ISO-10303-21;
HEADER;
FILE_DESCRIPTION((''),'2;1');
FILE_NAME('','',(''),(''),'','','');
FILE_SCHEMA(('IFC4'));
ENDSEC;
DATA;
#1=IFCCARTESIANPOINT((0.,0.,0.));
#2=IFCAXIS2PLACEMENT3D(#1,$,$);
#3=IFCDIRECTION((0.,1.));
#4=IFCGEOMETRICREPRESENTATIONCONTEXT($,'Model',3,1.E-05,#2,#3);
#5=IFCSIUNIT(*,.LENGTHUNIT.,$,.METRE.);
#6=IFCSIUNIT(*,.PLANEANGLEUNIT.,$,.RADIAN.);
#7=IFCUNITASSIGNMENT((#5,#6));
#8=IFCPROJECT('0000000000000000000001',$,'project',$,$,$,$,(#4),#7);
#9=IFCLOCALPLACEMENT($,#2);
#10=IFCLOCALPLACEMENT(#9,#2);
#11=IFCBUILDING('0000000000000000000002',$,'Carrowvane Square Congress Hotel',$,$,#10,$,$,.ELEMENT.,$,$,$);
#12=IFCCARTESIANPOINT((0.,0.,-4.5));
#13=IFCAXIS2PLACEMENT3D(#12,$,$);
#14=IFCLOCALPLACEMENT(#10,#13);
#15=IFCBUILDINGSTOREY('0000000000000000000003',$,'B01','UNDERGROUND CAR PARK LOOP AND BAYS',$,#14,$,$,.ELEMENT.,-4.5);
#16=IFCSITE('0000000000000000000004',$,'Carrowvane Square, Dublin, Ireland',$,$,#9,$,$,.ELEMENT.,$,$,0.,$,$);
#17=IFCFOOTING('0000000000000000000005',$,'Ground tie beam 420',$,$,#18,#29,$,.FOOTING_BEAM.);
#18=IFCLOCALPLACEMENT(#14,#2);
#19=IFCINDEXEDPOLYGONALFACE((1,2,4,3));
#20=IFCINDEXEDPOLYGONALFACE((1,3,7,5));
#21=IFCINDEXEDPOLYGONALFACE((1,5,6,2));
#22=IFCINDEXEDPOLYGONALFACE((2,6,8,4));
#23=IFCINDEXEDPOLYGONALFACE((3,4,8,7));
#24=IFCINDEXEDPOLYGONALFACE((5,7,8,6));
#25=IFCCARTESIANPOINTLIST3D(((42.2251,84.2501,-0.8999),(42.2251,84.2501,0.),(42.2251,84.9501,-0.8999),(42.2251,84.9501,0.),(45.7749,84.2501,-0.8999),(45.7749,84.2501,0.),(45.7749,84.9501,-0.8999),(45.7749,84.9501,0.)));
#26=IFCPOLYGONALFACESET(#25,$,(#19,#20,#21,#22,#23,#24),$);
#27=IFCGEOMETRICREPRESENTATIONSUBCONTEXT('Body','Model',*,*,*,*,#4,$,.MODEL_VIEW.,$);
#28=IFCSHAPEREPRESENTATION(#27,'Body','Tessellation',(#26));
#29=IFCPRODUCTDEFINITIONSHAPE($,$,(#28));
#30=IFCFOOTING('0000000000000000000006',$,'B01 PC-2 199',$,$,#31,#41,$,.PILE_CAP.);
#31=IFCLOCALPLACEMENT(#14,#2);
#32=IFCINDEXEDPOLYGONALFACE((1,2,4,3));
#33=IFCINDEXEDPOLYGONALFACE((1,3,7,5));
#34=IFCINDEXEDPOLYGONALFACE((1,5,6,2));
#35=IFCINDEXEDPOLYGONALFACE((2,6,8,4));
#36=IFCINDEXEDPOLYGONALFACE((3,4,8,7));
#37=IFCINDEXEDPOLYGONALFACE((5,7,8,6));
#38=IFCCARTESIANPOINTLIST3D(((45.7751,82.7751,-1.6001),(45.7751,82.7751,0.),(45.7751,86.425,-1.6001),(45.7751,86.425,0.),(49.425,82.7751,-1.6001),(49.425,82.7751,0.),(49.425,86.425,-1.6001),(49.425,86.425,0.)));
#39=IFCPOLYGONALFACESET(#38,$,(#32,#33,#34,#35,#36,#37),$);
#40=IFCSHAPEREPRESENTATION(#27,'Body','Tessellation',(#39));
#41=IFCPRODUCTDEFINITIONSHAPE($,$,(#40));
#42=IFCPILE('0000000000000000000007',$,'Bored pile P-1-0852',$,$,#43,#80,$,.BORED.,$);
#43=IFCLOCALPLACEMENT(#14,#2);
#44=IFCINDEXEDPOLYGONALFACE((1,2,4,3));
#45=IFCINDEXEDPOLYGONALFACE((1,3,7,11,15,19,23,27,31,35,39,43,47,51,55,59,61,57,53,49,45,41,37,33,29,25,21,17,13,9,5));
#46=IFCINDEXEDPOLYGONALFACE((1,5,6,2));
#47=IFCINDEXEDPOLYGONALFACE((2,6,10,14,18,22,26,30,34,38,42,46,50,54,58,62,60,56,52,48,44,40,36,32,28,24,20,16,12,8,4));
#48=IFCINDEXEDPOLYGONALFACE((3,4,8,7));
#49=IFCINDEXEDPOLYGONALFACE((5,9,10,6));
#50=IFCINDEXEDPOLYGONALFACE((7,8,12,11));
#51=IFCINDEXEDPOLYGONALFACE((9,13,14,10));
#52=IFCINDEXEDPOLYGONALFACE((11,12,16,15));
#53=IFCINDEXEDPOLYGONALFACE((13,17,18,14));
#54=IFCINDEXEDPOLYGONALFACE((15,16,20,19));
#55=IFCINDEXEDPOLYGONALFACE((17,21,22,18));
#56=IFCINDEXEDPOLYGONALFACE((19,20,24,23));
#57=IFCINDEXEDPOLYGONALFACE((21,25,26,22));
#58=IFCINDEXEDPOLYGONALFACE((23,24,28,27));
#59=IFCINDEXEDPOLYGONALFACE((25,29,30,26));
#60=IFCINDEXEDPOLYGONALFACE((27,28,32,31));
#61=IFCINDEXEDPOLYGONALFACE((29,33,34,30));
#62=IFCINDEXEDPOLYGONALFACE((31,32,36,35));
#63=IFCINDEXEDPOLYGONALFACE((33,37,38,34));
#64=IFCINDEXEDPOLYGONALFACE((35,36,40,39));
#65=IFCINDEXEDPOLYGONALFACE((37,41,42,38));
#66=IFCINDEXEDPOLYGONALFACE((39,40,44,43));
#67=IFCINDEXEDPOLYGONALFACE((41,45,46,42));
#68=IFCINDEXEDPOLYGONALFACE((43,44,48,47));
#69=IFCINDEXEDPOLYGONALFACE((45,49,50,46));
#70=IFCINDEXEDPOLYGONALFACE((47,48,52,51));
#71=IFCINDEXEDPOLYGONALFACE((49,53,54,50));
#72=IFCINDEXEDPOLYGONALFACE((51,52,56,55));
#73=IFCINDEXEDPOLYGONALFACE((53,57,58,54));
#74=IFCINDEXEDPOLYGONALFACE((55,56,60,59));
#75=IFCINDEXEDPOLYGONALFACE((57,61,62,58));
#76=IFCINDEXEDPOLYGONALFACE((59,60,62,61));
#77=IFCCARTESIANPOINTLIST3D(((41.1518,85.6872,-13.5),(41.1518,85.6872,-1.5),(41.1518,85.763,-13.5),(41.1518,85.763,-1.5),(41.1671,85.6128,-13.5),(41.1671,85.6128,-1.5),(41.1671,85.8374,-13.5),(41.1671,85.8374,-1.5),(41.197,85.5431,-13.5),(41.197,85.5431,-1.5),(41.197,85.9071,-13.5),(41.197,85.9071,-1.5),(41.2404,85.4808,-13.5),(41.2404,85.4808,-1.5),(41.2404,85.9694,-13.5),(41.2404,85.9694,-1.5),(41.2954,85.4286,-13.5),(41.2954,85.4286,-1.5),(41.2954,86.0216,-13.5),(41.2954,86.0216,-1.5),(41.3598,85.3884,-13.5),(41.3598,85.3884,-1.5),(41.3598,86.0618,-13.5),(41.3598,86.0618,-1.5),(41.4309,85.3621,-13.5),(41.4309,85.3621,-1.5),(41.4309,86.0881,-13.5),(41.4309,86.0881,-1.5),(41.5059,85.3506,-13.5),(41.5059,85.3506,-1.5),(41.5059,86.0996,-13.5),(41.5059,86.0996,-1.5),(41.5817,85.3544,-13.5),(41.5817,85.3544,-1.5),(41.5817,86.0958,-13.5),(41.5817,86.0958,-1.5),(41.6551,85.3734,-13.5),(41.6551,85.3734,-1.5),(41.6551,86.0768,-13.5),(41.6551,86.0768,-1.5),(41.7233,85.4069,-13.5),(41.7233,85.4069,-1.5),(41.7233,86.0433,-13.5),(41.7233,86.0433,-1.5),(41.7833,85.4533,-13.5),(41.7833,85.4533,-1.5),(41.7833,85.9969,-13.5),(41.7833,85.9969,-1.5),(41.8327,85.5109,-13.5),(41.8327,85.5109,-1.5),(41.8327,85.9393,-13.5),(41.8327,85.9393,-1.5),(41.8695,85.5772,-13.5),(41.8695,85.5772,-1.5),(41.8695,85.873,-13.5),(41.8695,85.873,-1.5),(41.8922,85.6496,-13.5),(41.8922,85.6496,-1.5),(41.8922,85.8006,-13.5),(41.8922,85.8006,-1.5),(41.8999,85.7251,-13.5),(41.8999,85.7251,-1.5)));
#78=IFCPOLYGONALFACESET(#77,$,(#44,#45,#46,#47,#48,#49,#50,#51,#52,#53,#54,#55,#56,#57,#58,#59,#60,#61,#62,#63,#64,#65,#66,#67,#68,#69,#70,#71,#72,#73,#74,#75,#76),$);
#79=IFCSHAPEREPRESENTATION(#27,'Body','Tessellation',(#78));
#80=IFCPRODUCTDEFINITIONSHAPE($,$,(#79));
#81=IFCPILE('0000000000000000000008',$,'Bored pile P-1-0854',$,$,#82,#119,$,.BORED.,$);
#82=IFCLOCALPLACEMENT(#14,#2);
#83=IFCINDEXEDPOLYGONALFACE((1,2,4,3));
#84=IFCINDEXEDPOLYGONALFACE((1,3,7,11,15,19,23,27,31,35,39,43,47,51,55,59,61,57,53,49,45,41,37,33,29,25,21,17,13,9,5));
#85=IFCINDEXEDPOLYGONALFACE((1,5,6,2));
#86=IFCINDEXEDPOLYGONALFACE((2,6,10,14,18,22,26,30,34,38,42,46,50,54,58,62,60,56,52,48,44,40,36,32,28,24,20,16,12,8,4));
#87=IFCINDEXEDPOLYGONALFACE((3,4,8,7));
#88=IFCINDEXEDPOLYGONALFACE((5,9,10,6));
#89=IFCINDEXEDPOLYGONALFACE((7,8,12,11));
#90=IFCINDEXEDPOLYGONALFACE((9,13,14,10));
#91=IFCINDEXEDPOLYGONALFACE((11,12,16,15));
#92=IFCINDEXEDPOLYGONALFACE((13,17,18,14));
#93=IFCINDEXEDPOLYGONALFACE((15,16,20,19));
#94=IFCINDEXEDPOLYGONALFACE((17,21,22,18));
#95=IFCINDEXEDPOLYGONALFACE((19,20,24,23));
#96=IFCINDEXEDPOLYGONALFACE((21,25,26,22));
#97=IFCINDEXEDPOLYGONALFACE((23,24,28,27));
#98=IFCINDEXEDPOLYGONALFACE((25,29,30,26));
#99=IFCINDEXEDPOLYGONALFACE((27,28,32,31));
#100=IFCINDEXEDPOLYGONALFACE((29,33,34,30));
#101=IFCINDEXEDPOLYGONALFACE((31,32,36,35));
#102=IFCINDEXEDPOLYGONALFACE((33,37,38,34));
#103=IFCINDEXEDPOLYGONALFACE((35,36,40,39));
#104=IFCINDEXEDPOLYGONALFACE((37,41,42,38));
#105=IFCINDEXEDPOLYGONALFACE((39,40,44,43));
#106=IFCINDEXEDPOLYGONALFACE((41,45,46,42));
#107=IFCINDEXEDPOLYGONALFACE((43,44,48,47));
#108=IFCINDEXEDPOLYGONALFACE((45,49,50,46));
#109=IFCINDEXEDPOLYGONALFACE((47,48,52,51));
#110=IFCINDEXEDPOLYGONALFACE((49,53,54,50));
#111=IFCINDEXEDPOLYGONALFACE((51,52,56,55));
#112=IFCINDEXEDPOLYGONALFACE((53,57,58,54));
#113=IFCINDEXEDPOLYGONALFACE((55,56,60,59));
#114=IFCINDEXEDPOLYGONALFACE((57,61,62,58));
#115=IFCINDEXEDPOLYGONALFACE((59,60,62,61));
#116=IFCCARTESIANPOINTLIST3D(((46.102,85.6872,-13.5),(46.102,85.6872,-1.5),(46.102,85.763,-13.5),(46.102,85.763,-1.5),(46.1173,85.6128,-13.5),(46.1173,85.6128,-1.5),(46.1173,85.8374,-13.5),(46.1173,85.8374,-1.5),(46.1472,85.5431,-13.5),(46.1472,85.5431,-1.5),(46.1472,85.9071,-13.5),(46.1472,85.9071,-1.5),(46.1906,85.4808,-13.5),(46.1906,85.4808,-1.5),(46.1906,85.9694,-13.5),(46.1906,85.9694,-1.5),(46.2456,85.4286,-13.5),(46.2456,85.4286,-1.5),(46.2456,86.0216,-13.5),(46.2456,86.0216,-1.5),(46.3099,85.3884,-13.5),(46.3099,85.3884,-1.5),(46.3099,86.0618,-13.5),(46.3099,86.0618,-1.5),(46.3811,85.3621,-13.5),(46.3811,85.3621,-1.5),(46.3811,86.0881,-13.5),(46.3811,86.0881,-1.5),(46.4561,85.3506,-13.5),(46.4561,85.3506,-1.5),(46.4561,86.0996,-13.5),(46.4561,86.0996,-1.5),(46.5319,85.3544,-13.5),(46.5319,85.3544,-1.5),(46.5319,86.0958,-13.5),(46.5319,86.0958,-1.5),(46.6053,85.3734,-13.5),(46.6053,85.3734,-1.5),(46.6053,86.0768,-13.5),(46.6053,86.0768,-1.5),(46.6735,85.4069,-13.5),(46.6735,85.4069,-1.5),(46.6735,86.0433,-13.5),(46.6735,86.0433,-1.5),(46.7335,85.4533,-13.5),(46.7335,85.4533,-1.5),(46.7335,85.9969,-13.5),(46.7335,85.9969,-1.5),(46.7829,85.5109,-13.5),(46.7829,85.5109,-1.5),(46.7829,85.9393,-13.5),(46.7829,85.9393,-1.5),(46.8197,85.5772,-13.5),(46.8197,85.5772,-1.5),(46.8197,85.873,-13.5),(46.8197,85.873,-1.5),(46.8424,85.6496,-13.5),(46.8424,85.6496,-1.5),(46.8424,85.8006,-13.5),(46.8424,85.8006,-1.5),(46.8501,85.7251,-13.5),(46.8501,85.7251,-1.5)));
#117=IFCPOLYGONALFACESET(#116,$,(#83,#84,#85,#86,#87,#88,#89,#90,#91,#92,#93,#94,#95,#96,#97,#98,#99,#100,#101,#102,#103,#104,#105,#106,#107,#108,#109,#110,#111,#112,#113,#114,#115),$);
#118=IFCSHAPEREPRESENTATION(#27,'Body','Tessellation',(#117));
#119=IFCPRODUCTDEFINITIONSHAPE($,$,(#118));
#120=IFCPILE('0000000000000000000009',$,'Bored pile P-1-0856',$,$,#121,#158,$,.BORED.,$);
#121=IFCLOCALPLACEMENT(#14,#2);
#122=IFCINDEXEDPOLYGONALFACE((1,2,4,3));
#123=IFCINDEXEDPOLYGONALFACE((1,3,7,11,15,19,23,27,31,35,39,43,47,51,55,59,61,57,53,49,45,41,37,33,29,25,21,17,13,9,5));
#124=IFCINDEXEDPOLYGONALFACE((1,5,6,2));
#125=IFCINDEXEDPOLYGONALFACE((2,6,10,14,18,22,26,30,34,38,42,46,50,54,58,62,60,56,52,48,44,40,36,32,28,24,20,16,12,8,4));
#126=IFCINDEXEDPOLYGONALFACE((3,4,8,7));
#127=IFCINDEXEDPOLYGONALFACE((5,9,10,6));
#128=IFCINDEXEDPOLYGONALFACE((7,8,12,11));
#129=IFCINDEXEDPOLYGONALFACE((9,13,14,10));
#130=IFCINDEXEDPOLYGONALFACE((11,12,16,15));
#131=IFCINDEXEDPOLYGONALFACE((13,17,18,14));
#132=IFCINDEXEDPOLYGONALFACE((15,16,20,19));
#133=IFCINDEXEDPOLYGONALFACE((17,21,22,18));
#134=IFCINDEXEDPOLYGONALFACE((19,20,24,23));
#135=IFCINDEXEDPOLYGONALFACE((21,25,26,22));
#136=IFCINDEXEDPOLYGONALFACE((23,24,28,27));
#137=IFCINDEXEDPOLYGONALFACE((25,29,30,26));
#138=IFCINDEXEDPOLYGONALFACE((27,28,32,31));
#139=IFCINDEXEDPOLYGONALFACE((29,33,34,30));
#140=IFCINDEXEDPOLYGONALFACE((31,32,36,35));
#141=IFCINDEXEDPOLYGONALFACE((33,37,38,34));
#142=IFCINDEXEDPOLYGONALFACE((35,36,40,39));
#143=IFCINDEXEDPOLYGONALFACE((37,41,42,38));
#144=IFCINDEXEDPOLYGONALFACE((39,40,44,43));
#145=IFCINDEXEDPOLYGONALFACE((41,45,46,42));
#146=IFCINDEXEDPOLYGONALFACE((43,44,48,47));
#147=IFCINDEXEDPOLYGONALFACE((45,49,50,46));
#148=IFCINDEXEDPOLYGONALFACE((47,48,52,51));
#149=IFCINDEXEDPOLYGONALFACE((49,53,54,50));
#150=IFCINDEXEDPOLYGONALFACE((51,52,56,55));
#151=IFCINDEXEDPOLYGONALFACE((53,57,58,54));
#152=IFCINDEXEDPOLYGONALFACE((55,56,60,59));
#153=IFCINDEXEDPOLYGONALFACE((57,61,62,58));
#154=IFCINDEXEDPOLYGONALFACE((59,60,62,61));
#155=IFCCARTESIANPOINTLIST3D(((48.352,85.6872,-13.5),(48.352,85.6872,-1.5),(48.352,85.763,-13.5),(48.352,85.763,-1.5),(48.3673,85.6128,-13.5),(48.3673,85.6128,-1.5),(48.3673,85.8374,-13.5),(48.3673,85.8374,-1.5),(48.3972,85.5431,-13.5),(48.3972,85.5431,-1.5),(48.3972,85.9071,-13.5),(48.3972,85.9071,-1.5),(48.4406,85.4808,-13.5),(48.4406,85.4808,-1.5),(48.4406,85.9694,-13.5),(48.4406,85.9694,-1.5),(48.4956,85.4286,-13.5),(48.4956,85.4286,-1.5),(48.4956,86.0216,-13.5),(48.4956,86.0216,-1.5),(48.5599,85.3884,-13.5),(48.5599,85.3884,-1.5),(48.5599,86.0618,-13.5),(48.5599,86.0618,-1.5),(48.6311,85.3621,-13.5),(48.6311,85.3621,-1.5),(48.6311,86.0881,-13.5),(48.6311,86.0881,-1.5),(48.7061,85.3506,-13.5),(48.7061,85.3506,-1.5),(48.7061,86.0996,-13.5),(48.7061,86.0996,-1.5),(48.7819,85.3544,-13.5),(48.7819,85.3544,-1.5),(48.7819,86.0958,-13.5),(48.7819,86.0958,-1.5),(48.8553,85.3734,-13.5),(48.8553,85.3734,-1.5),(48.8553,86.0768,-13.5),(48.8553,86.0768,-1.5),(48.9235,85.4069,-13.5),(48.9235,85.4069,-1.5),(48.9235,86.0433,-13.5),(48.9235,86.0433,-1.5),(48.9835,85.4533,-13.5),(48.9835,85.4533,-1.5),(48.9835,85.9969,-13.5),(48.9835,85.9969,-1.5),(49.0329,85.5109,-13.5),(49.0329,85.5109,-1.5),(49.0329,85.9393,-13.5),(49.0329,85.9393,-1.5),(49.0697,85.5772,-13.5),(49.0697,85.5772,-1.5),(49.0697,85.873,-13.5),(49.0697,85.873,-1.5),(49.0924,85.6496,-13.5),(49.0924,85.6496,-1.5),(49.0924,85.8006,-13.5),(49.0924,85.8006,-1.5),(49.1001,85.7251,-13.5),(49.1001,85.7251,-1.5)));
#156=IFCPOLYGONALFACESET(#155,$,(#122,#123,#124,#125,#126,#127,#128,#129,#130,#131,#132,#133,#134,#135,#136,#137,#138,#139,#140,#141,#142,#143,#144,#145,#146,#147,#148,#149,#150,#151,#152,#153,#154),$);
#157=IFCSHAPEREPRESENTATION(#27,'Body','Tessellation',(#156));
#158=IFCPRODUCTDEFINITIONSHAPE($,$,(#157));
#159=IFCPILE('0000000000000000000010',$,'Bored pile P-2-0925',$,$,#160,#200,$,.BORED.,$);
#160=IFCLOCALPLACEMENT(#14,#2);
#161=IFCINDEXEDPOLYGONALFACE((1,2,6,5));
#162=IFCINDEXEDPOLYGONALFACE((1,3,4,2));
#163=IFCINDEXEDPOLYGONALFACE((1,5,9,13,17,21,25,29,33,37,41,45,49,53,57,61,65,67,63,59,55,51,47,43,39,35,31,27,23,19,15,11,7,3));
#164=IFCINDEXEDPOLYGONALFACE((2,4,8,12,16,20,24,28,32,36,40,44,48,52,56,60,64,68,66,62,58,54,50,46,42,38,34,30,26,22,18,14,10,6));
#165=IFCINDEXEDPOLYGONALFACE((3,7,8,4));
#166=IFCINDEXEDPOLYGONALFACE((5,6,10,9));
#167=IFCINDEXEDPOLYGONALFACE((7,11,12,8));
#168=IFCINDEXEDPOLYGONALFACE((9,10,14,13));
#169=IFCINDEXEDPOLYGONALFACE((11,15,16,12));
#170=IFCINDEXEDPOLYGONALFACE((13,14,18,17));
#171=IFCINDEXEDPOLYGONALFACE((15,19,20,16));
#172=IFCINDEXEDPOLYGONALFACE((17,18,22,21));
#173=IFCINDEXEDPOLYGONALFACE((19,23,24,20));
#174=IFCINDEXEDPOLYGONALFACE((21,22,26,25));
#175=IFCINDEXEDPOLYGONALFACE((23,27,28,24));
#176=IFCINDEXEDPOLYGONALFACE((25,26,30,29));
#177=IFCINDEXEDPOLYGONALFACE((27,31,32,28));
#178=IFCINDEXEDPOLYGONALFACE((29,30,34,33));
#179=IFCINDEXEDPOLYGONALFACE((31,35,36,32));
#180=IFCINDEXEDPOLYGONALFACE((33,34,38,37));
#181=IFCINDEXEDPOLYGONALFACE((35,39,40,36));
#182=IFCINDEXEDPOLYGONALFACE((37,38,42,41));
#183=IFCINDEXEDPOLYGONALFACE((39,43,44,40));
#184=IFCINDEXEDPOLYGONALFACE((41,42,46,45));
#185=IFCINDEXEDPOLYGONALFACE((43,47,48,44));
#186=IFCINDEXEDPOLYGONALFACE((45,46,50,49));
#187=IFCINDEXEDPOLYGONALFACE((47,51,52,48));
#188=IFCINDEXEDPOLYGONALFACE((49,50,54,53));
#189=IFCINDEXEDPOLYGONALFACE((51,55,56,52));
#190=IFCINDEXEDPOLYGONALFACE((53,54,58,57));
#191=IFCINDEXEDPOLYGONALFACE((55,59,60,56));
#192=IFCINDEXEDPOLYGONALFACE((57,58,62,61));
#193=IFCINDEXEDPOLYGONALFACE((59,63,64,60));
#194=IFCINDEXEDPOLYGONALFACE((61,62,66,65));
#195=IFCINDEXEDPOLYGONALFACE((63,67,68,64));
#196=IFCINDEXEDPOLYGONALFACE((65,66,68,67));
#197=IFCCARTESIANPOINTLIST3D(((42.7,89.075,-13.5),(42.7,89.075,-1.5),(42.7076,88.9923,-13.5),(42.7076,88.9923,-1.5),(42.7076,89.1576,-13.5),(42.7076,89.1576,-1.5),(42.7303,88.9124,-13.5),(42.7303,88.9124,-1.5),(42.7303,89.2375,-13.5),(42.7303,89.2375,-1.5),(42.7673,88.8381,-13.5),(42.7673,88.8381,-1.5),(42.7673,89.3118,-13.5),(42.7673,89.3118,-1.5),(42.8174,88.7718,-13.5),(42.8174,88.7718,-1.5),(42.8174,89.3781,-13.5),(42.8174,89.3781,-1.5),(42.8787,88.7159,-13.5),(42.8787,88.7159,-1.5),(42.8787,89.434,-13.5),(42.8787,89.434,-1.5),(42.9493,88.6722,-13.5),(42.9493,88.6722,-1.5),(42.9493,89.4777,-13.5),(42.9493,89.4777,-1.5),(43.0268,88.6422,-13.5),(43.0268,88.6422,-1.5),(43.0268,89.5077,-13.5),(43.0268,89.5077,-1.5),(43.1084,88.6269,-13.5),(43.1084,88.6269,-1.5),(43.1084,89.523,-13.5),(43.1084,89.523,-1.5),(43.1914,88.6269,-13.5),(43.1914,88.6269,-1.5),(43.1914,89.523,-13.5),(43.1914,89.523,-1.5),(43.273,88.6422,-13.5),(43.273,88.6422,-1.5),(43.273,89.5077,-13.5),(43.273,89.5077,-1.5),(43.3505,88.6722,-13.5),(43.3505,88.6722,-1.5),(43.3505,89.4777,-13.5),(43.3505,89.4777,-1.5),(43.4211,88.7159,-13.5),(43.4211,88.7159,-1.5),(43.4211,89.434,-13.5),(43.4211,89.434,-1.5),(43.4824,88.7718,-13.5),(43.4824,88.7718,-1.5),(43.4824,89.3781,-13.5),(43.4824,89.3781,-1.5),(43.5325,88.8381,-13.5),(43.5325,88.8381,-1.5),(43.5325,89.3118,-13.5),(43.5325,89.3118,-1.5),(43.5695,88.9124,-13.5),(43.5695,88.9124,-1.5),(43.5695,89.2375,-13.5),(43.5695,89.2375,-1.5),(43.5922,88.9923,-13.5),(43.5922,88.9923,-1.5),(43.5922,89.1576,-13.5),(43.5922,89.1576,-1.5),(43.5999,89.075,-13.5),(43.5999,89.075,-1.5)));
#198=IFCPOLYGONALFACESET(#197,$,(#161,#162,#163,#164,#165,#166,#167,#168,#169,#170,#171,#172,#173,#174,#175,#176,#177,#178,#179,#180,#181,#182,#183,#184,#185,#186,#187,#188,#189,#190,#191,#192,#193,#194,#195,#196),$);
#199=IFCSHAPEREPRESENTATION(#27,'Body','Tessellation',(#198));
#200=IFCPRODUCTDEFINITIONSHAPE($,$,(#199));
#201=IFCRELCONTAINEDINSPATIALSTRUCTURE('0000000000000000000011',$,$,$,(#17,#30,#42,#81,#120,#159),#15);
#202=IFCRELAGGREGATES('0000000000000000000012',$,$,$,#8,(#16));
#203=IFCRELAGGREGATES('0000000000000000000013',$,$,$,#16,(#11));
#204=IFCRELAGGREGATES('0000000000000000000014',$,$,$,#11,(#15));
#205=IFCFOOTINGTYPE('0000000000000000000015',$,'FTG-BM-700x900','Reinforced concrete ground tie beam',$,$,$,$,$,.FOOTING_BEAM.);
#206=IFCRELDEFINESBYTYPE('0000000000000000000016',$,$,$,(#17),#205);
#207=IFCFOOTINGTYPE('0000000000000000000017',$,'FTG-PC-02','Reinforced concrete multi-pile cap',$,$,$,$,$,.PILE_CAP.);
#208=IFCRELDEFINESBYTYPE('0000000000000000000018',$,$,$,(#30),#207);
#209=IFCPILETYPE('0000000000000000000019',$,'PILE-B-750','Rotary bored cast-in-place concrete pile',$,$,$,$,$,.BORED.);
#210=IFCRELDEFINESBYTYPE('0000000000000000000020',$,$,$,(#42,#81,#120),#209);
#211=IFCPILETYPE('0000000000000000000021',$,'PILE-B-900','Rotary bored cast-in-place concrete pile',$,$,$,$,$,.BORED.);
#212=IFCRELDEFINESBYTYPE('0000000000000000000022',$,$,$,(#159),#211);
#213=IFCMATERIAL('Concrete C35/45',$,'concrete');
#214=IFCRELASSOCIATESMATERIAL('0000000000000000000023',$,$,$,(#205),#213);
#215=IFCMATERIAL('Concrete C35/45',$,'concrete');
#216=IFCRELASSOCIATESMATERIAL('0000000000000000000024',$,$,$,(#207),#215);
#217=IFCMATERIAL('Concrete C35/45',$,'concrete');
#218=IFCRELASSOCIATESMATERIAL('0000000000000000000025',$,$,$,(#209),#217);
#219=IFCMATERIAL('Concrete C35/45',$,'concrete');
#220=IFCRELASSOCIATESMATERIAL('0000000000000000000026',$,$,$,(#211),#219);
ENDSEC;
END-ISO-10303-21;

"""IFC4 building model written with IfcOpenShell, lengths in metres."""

from ifc_helpers import new_model, si_unit, direction, frame, origin, origin_2d, place, context, subcontext, project, spatial, rectangle, circle, extrude, material, material_profile, profile_set, type_object, element, save


model = new_model("IFC4")

# Units and contexts
model_context = context("Model", 3, precision=1e-05, world=origin(), true_north=direction((0.0, 1.0)))
body_context = subcontext(model_context, "Body", "Model", "MODEL_VIEW")
ifc_project = project(units=[si_unit("LENGTHUNIT", "METRE"), si_unit("PLANEANGLEUNIT", "RADIAN")], contexts=[model_context])

# Site, building, storey
site_placement = place(None, origin())
site = spatial("IfcSite", under=ifc_project, at=site_placement, Name="Carrowvane Square, Dublin, Ireland", CompositionType="ELEMENT", RefElevation=0.0)
building_placement = place(site_placement, origin())
building = spatial("IfcBuilding", under=site, at=building_placement, Name="Carrowvane Square Congress Hotel", CompositionType="ELEMENT")
storey_placement = place(building_placement, frame((0.0, 0.0, -4.5)))
storey = spatial("IfcBuildingStorey", under=building, at=storey_placement, Name="B01", Description="UNDERGROUND CAR PARK LOOP AND BAYS", CompositionType="ELEMENT", Elevation=-4.5)

# Footings
ifc_material_1 = material(Name="Concrete C35/45", Category="concrete")
ifc_material_profile_1 = material_profile(ifc_material_1, rectangle(XDim=0.7, YDim=0.8999, at=origin_2d()), Name="RC 700x900")
ifc_profile_set_1 = profile_set([ifc_material_profile_1], Name="Concrete C35/45")
footing_type_1 = type_object("IfcFootingType", Name="FTG-BM-700x900", Description="Reinforced concrete ground tie beam", PredefinedType="FOOTING_BEAM", material=ifc_profile_set_1)
footing_1_placement = place(storey_placement, frame((42.2251, 84.6001, -0.45), z_axis=(1.0, 0.0, 0.0), x_axis=(0.0, 1.0, 0.0)))
element("IfcFooting", 1, at=footing_1_placement, inside=storey, type_object=footing_type_1, Name="Ground tie beam 420", PredefinedType="FOOTING_BEAM", context=body_context, shape_type="SweptSolid", body=[
    extrude(rectangle(XDim=0.7, YDim=0.8999, at=origin_2d()), origin(), (0.0, 0.0, 1.0), 3.5498),
])
ifc_material_2 = material(Name="Concrete C35/45", Category="concrete")
footing_type_2 = type_object("IfcFootingType", Name="FTG-PC-02", Description="Reinforced concrete multi-pile cap", PredefinedType="PILE_CAP", material=ifc_material_2)
footing_2_placement = place(storey_placement, frame((47.6001, 84.6001, -1.6001), z_axis=(0.0, 0.0, 1.0), x_axis=(1.0, 0.0, 0.0)))
element("IfcFooting", 2, at=footing_2_placement, inside=storey, type_object=footing_type_2, Name="B01 PC-2 199", PredefinedType="PILE_CAP", context=body_context, shape_type="SweptSolid", body=[
    extrude(rectangle(XDim=3.6499, YDim=3.6499, at=origin_2d()), origin(), (0.0, 0.0, 1.0), 1.6001),
])

# Piles
ifc_material_3 = material(Name="Concrete C35/45", Category="concrete")
ifc_material_profile_2 = material_profile(ifc_material_3, circle(Radius=0.375, at=origin_2d()), Name="PILE D750")
ifc_profile_set_2 = profile_set([ifc_material_profile_2], Name="Concrete C35/45")
pile_type_1 = type_object("IfcPileType", Name="PILE-B-750", Description="Rotary bored cast-in-place concrete pile", PredefinedType="BORED", material=ifc_profile_set_2)
for number, where, z_axis, x_axis, name in (
    (3, (41.5249, 85.7251, -1.5), (0.0, 0.0, -1.0), (1.0, 0.0, 0.0), "Bored pile P-1-0852"),
    (4, (46.4751, 85.7251, -1.5), (0.0, 0.0, -1.0), (1.0, 0.0, 0.0), "Bored pile P-1-0854"),
    (5, (48.7251, 85.7251, -1.5), (0.0, 0.0, -1.0), (1.0, 0.0, 0.0), "Bored pile P-1-0856"),
):
    element("IfcPile", number, at=place(storey_placement, frame(where, z_axis=z_axis, x_axis=x_axis)), inside=storey, type_object=pile_type_1, Name=name, PredefinedType="BORED", context=body_context, shape_type="SweptSolid", body=[
        extrude(circle(Radius=0.375, at=origin_2d()), origin(), (0.0, 0.0, 1.0), 12.0),
    ])
ifc_material_4 = material(Name="Concrete C35/45", Category="concrete")
ifc_material_profile_3 = material_profile(ifc_material_4, circle(Radius=0.45, at=origin_2d()), Name="PILE D900")
ifc_profile_set_3 = profile_set([ifc_material_profile_3], Name="Concrete C35/45")
pile_type_2 = type_object("IfcPileType", Name="PILE-B-900", Description="Rotary bored cast-in-place concrete pile", PredefinedType="BORED", material=ifc_profile_set_3)
for number, where, z_axis, x_axis, name in (
    (6, (43.1499, 89.075, -1.5), (0.0, 0.0, -1.0), (1.0, 0.0, 0.0), "Bored pile P-2-0925"),
):
    element("IfcPile", number, at=place(storey_placement, frame(where, z_axis=z_axis, x_axis=x_axis)), inside=storey, type_object=pile_type_2, Name=name, PredefinedType="BORED", context=body_context, shape_type="SweptSolid", body=[
        extrude(circle(Radius=0.45, at=origin_2d()), origin(), (0.0, 0.0, 1.0), 12.0),
    ])

save(model, "model.ifc")
